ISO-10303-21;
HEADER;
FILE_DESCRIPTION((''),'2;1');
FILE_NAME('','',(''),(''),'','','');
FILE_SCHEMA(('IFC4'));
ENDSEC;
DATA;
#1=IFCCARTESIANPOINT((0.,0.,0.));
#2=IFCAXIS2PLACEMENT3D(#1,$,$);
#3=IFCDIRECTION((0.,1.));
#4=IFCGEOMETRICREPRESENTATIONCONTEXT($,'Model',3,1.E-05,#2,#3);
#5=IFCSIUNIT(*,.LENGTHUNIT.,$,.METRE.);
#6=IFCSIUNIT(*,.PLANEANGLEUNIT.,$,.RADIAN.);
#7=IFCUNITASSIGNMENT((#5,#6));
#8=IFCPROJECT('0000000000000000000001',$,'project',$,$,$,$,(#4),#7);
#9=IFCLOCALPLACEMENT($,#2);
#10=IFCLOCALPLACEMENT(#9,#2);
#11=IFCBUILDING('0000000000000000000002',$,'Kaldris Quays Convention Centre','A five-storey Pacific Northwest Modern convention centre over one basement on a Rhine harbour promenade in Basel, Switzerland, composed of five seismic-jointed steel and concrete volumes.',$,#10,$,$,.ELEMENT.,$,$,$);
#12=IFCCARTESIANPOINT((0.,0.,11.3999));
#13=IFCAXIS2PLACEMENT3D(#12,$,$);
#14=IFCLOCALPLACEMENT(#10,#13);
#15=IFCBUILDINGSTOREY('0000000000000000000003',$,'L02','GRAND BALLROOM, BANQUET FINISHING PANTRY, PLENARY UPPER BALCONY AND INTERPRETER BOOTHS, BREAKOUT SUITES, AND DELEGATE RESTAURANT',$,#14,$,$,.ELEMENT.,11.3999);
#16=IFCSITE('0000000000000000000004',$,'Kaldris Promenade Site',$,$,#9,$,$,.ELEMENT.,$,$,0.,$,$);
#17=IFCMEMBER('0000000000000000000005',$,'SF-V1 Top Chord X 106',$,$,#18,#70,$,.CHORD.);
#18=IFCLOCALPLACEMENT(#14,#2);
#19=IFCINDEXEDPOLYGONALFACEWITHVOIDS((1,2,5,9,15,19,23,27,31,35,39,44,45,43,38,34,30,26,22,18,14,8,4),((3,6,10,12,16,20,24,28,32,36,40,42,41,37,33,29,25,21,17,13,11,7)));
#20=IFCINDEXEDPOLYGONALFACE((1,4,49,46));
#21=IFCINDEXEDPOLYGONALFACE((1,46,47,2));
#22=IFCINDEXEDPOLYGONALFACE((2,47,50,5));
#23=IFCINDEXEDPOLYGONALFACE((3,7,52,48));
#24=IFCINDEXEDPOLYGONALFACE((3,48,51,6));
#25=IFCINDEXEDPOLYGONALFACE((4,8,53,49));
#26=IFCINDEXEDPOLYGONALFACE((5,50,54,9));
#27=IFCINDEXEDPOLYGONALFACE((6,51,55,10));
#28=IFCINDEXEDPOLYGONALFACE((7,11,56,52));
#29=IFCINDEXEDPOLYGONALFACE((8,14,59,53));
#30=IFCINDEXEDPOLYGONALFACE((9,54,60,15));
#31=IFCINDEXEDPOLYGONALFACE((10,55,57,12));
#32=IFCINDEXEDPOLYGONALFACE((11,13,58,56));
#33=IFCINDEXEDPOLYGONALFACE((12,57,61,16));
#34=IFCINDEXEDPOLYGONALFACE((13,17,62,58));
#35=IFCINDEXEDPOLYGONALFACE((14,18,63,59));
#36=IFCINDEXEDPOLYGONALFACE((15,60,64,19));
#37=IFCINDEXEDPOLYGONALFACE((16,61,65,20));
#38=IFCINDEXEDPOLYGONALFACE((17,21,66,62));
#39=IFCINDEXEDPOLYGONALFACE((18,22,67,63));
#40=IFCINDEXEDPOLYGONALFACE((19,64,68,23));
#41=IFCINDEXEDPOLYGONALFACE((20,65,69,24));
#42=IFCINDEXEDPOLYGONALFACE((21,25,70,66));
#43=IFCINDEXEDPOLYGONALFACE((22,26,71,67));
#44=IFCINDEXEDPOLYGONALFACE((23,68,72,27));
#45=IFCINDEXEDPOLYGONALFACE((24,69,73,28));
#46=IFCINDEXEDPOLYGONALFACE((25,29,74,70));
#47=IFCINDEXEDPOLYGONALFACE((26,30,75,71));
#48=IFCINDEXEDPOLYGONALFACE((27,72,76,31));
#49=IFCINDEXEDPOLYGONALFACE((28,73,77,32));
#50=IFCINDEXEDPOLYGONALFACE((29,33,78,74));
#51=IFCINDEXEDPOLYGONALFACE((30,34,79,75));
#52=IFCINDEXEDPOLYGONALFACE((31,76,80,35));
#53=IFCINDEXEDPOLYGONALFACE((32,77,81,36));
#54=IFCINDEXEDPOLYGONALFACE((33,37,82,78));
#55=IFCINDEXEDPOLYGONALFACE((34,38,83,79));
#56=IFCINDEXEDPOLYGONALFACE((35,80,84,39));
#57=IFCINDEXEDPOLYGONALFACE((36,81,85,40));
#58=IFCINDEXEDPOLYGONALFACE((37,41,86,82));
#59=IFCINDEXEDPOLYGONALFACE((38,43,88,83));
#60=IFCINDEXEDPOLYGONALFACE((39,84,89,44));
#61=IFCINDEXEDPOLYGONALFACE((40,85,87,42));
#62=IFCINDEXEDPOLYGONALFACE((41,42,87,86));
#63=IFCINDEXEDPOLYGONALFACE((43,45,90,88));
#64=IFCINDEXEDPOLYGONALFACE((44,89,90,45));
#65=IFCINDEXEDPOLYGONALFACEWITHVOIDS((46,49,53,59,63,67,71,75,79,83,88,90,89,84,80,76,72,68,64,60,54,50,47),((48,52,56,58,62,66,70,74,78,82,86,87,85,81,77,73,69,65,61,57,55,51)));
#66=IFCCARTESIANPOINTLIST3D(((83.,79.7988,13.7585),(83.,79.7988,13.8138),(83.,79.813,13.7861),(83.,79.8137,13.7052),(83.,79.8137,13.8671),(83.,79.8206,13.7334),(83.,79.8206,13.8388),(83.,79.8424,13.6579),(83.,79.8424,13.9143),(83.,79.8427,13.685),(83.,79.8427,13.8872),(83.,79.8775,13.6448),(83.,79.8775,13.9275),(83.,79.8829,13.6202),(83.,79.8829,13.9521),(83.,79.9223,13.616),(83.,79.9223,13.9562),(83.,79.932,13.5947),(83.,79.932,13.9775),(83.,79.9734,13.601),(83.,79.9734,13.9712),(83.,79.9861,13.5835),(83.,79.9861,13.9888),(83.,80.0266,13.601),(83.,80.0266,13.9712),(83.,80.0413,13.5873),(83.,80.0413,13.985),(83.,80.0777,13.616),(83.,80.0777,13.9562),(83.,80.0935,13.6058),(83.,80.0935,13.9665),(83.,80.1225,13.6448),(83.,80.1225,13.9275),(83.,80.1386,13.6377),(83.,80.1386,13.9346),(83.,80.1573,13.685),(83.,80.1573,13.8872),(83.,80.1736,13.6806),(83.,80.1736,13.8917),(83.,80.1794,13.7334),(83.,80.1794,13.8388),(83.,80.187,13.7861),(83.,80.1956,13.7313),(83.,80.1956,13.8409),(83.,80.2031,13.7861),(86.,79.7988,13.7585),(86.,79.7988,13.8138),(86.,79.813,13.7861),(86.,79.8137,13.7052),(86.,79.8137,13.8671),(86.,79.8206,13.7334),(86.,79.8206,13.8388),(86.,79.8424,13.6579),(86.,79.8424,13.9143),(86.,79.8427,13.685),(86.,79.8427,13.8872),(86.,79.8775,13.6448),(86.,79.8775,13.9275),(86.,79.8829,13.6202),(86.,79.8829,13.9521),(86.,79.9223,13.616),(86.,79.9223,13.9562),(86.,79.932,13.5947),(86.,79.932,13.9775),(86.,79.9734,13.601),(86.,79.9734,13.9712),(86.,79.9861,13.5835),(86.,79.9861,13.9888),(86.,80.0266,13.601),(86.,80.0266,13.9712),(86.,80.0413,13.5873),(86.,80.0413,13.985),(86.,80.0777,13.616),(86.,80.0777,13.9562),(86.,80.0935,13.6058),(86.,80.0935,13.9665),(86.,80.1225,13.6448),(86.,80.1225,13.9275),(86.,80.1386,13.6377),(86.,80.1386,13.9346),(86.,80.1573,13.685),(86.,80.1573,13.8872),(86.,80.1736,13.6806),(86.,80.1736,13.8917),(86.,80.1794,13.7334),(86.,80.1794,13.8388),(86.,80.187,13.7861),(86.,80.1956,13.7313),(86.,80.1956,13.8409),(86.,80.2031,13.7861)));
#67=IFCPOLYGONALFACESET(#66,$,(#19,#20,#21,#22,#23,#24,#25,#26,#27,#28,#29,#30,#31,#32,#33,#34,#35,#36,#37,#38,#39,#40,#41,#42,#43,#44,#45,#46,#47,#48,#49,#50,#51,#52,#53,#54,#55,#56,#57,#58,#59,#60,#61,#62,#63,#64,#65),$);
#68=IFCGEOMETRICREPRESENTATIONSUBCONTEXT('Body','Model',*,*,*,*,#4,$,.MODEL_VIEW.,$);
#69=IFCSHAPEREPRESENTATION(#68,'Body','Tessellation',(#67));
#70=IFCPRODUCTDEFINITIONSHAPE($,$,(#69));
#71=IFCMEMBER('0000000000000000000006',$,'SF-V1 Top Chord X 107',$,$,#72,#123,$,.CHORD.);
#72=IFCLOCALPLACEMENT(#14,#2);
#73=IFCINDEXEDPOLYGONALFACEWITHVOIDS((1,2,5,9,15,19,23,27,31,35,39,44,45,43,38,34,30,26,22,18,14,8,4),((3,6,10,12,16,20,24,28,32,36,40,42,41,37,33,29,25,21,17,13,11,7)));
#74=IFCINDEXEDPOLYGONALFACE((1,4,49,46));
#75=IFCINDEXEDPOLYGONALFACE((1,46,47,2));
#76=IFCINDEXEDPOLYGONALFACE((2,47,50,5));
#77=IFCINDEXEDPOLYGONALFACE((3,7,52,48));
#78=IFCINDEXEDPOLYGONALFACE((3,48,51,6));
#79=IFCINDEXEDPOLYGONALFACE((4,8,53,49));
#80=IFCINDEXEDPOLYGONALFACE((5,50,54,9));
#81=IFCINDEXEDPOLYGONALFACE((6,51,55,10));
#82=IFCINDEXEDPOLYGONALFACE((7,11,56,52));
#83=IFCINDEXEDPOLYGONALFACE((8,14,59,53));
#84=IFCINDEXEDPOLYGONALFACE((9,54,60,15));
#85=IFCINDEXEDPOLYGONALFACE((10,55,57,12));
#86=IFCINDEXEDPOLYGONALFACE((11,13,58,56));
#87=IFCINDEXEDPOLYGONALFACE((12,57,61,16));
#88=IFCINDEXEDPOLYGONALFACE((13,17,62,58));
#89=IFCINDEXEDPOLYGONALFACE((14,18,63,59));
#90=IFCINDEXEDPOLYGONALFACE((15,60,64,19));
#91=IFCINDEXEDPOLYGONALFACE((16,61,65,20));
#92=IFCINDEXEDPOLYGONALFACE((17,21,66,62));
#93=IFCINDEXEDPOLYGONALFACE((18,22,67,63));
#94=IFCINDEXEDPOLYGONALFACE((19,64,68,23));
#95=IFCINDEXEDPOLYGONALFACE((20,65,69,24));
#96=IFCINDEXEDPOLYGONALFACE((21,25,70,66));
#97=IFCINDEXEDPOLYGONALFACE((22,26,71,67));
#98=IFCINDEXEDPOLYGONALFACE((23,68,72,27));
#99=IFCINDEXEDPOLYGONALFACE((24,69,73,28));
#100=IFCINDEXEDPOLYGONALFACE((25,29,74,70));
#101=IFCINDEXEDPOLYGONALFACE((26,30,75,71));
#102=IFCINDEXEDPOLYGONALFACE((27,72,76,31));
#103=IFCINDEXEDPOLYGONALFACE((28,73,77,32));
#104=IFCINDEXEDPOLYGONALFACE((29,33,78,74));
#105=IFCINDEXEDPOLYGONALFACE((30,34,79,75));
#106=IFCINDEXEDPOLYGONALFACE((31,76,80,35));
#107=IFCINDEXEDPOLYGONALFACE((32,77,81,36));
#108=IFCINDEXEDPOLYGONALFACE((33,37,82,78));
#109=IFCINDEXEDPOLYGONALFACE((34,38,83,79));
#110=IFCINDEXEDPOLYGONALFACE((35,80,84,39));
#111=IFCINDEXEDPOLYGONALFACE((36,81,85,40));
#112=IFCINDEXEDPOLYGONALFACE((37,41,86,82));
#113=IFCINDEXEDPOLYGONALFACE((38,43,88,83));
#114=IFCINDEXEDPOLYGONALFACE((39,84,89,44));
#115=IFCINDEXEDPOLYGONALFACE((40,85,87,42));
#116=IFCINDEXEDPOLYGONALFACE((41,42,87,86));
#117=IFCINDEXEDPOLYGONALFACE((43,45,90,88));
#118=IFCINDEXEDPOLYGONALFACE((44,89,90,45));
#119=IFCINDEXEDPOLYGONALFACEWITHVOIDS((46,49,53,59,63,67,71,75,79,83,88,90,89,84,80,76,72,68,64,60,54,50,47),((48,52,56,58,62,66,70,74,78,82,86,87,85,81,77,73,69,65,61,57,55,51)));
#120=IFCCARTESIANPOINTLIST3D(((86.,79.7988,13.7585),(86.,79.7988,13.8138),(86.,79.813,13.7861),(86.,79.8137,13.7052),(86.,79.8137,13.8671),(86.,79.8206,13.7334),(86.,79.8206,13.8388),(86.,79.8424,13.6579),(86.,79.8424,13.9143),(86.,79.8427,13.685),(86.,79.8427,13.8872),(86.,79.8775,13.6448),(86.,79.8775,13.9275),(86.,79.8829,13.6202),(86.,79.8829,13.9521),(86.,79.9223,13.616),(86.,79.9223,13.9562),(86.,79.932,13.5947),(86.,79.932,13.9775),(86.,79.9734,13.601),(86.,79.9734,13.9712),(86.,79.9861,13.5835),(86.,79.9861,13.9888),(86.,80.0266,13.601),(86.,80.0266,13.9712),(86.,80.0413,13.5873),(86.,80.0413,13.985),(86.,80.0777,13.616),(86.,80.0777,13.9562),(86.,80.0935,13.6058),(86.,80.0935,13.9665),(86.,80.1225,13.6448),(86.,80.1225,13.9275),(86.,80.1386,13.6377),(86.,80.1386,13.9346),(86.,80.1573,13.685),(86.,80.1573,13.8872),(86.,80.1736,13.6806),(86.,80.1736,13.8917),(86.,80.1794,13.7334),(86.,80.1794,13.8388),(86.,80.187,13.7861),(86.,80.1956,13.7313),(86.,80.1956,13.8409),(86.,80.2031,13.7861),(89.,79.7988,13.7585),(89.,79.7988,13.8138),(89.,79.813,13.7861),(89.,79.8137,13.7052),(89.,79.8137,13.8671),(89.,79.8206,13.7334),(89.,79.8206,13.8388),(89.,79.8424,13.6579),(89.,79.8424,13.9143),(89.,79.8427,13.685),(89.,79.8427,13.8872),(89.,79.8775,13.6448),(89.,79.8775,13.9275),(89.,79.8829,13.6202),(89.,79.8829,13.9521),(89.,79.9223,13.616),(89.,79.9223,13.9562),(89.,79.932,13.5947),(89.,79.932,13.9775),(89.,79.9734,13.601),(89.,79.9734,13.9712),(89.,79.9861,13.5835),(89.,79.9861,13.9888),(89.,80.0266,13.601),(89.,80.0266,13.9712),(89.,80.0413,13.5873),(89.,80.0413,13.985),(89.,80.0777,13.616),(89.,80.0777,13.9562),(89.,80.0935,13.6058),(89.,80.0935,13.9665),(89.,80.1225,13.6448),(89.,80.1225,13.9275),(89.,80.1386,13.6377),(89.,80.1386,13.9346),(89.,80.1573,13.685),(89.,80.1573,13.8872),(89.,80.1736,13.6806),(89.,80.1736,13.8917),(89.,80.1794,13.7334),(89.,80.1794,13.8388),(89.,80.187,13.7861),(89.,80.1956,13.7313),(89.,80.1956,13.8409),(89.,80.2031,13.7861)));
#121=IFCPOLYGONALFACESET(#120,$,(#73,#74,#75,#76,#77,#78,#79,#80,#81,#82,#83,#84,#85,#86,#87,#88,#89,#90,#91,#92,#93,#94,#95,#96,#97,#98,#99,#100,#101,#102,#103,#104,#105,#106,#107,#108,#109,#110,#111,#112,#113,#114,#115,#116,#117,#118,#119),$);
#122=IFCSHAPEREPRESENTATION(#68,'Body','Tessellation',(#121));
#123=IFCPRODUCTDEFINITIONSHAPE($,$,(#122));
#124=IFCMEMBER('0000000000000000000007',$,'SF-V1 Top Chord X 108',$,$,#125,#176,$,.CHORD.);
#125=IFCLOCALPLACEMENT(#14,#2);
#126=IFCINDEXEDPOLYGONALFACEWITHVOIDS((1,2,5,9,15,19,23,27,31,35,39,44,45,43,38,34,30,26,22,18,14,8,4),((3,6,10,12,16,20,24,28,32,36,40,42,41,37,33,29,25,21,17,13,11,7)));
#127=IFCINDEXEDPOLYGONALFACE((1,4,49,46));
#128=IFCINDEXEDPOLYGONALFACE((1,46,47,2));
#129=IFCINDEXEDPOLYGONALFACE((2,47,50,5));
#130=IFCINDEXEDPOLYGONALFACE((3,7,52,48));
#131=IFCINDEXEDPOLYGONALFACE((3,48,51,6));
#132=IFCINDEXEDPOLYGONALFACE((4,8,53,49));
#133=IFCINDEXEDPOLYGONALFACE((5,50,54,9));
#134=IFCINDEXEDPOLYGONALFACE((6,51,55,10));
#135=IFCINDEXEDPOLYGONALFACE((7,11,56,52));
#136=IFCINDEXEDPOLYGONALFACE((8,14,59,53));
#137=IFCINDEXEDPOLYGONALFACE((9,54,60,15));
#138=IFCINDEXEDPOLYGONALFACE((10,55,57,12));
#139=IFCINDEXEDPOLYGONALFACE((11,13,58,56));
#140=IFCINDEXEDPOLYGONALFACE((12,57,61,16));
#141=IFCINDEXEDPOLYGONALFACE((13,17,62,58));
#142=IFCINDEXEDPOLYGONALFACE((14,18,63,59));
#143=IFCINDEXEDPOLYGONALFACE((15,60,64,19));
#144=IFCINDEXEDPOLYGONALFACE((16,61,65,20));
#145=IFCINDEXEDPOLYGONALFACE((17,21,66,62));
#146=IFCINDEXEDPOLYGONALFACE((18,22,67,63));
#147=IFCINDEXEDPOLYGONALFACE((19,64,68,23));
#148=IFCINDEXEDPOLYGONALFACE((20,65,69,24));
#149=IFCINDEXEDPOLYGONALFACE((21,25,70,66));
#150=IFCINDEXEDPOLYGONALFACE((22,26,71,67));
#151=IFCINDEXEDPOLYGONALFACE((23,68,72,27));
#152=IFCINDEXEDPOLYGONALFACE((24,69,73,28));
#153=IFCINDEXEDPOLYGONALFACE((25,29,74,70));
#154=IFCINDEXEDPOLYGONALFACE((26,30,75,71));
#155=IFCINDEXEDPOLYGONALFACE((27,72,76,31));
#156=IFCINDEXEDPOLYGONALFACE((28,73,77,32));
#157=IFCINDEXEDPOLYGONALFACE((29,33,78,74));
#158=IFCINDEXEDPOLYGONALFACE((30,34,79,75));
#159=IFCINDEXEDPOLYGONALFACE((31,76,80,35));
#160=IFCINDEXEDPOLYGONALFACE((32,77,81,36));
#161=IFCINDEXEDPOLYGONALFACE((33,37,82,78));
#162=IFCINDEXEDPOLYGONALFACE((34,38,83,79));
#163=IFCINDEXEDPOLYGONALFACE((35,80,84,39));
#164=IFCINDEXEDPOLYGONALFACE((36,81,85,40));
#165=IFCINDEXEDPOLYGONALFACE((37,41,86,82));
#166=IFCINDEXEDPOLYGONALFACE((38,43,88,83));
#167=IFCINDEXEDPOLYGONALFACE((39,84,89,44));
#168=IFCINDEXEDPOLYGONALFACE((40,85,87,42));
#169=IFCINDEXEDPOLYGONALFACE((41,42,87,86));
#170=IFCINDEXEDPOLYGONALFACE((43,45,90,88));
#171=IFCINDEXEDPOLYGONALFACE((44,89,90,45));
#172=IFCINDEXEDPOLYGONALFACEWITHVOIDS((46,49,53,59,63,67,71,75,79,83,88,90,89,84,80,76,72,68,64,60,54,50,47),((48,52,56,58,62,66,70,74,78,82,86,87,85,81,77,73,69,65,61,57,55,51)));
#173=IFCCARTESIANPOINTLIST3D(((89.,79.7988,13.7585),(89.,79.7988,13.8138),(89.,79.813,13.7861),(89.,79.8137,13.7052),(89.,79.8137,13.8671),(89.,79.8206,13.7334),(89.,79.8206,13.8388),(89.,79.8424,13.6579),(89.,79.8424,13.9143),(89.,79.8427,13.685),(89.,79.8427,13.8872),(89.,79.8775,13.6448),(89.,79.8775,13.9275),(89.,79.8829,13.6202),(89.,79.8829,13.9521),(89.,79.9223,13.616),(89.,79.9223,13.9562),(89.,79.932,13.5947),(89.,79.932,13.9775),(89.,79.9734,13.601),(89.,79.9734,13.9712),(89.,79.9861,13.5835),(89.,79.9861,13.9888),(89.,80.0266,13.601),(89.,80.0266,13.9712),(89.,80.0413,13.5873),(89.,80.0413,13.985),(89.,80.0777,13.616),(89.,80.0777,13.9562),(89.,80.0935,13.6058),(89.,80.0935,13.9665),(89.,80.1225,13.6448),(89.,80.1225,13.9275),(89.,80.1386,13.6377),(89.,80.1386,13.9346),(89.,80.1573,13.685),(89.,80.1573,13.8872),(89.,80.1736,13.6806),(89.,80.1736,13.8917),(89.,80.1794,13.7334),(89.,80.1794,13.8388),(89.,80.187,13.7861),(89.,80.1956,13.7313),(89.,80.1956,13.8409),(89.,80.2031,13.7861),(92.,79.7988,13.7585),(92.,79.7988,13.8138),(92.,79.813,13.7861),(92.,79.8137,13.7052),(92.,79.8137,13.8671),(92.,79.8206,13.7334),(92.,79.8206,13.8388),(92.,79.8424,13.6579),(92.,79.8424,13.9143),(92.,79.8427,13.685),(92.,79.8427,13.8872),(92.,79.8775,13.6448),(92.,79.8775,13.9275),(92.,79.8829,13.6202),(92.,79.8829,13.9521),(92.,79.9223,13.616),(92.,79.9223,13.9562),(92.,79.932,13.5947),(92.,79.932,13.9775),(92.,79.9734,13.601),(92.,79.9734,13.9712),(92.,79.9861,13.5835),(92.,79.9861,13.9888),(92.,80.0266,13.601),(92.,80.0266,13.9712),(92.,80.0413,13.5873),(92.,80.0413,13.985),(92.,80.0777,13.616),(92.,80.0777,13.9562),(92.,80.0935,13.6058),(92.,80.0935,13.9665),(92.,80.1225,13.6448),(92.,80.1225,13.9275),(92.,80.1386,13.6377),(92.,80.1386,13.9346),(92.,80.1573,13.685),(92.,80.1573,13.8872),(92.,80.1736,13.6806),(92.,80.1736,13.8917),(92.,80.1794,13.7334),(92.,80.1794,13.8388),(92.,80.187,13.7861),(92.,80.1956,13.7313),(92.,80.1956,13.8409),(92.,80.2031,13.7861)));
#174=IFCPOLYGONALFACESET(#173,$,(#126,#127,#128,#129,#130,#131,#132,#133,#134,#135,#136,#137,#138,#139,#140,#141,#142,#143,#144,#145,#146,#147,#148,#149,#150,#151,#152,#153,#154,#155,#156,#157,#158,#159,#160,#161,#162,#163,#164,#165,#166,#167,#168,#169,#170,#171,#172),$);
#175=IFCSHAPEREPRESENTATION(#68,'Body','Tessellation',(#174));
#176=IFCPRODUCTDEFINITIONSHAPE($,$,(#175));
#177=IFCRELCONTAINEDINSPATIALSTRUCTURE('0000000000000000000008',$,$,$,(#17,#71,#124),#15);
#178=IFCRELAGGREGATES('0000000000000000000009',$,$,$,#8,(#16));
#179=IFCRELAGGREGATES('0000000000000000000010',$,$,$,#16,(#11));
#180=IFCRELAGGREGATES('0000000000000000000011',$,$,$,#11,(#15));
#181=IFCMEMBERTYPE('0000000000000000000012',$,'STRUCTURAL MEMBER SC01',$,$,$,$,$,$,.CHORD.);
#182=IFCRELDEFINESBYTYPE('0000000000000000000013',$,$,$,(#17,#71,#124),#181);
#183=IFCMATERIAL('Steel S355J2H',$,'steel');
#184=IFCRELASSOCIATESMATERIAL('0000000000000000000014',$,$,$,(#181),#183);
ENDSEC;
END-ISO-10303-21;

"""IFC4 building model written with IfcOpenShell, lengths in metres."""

from ifc_helpers import new_model, si_unit, direction, frame, origin, origin_2d, place, context, subcontext, project, spatial, hollow_circle, extrude, material, material_profile, profile_set, type_object, element, save


model = new_model("IFC4")

# Units and contexts
model_context = context("Model", 3, precision=1e-05, world=origin(), true_north=direction((0.0, 1.0)))
body_context = subcontext(model_context, "Body", "Model", "MODEL_VIEW")
ifc_project = project(units=[si_unit("LENGTHUNIT", "METRE"), si_unit("PLANEANGLEUNIT", "RADIAN")], contexts=[model_context])

# Site, building, storey
site_placement = place(None, origin())
site = spatial("IfcSite", under=ifc_project, at=site_placement, Name="Kaldris Promenade Site", CompositionType="ELEMENT", RefElevation=0.0)
building_placement = place(site_placement, origin())
building = spatial("IfcBuilding", under=site, at=building_placement, Name="Kaldris Quays Convention Centre", Description="A five-storey Pacific Northwest Modern convention centre over one basement on a Rhine harbour promenade in Basel, Switzerland, composed of five seismic-jointed steel and concrete volumes.", CompositionType="ELEMENT")
storey_placement = place(building_placement, frame((0.0, 0.0, 11.3999)))
storey = spatial("IfcBuildingStorey", under=building, at=storey_placement, Name="L02", Description="GRAND BALLROOM, BANQUET FINISHING PANTRY, PLENARY UPPER BALCONY AND INTERPRETER BOOTHS, BREAKOUT SUITES, AND DELEGATE RESTAURANT", CompositionType="ELEMENT", Elevation=11.3999)

# Members
ifc_material = material(Name="Steel S355J2H", Category="steel")
ifc_material_profile_1 = material_profile(ifc_material, hollow_circle(Radius=0.2031, WallThickness=0.0161, at=origin_2d()), Name="CHS 406.4x16")
ifc_profile_set_1 = profile_set([ifc_material_profile_1], Name="Steel S355J2H")
member_type_1 = type_object("IfcMemberType", Name="STRUCTURAL MEMBER SC01", PredefinedType="CHORD", material=ifc_profile_set_1)
for number, where, z_axis, x_axis, name in (
    (1, (83.0, 80.0, 13.7861), (1.0, 0.0, 0.0), (0.0, 1.0, 0.0), "SF-V1 Top Chord X 106"),
    (2, (86.0, 80.0, 13.7861), (1.0, 0.0, 0.0), (0.0, 1.0, 0.0), "SF-V1 Top Chord X 107"),
    (3, (89.0, 80.0, 13.7861), (1.0, 0.0, 0.0), (0.0, 1.0, 0.0), "SF-V1 Top Chord X 108"),
):
    element("IfcMember", number, at=place(storey_placement, frame(where, z_axis=z_axis, x_axis=x_axis)), inside=storey, type_object=member_type_1, Name=name, PredefinedType="CHORD", context=body_context, shape_type="SweptSolid", body=[
        extrude(hollow_circle(Radius=0.2031, WallThickness=0.0161, at=origin_2d()), origin(), (0.0, 0.0, 1.0), 3.0),
    ])

save(model, "model.ifc")
